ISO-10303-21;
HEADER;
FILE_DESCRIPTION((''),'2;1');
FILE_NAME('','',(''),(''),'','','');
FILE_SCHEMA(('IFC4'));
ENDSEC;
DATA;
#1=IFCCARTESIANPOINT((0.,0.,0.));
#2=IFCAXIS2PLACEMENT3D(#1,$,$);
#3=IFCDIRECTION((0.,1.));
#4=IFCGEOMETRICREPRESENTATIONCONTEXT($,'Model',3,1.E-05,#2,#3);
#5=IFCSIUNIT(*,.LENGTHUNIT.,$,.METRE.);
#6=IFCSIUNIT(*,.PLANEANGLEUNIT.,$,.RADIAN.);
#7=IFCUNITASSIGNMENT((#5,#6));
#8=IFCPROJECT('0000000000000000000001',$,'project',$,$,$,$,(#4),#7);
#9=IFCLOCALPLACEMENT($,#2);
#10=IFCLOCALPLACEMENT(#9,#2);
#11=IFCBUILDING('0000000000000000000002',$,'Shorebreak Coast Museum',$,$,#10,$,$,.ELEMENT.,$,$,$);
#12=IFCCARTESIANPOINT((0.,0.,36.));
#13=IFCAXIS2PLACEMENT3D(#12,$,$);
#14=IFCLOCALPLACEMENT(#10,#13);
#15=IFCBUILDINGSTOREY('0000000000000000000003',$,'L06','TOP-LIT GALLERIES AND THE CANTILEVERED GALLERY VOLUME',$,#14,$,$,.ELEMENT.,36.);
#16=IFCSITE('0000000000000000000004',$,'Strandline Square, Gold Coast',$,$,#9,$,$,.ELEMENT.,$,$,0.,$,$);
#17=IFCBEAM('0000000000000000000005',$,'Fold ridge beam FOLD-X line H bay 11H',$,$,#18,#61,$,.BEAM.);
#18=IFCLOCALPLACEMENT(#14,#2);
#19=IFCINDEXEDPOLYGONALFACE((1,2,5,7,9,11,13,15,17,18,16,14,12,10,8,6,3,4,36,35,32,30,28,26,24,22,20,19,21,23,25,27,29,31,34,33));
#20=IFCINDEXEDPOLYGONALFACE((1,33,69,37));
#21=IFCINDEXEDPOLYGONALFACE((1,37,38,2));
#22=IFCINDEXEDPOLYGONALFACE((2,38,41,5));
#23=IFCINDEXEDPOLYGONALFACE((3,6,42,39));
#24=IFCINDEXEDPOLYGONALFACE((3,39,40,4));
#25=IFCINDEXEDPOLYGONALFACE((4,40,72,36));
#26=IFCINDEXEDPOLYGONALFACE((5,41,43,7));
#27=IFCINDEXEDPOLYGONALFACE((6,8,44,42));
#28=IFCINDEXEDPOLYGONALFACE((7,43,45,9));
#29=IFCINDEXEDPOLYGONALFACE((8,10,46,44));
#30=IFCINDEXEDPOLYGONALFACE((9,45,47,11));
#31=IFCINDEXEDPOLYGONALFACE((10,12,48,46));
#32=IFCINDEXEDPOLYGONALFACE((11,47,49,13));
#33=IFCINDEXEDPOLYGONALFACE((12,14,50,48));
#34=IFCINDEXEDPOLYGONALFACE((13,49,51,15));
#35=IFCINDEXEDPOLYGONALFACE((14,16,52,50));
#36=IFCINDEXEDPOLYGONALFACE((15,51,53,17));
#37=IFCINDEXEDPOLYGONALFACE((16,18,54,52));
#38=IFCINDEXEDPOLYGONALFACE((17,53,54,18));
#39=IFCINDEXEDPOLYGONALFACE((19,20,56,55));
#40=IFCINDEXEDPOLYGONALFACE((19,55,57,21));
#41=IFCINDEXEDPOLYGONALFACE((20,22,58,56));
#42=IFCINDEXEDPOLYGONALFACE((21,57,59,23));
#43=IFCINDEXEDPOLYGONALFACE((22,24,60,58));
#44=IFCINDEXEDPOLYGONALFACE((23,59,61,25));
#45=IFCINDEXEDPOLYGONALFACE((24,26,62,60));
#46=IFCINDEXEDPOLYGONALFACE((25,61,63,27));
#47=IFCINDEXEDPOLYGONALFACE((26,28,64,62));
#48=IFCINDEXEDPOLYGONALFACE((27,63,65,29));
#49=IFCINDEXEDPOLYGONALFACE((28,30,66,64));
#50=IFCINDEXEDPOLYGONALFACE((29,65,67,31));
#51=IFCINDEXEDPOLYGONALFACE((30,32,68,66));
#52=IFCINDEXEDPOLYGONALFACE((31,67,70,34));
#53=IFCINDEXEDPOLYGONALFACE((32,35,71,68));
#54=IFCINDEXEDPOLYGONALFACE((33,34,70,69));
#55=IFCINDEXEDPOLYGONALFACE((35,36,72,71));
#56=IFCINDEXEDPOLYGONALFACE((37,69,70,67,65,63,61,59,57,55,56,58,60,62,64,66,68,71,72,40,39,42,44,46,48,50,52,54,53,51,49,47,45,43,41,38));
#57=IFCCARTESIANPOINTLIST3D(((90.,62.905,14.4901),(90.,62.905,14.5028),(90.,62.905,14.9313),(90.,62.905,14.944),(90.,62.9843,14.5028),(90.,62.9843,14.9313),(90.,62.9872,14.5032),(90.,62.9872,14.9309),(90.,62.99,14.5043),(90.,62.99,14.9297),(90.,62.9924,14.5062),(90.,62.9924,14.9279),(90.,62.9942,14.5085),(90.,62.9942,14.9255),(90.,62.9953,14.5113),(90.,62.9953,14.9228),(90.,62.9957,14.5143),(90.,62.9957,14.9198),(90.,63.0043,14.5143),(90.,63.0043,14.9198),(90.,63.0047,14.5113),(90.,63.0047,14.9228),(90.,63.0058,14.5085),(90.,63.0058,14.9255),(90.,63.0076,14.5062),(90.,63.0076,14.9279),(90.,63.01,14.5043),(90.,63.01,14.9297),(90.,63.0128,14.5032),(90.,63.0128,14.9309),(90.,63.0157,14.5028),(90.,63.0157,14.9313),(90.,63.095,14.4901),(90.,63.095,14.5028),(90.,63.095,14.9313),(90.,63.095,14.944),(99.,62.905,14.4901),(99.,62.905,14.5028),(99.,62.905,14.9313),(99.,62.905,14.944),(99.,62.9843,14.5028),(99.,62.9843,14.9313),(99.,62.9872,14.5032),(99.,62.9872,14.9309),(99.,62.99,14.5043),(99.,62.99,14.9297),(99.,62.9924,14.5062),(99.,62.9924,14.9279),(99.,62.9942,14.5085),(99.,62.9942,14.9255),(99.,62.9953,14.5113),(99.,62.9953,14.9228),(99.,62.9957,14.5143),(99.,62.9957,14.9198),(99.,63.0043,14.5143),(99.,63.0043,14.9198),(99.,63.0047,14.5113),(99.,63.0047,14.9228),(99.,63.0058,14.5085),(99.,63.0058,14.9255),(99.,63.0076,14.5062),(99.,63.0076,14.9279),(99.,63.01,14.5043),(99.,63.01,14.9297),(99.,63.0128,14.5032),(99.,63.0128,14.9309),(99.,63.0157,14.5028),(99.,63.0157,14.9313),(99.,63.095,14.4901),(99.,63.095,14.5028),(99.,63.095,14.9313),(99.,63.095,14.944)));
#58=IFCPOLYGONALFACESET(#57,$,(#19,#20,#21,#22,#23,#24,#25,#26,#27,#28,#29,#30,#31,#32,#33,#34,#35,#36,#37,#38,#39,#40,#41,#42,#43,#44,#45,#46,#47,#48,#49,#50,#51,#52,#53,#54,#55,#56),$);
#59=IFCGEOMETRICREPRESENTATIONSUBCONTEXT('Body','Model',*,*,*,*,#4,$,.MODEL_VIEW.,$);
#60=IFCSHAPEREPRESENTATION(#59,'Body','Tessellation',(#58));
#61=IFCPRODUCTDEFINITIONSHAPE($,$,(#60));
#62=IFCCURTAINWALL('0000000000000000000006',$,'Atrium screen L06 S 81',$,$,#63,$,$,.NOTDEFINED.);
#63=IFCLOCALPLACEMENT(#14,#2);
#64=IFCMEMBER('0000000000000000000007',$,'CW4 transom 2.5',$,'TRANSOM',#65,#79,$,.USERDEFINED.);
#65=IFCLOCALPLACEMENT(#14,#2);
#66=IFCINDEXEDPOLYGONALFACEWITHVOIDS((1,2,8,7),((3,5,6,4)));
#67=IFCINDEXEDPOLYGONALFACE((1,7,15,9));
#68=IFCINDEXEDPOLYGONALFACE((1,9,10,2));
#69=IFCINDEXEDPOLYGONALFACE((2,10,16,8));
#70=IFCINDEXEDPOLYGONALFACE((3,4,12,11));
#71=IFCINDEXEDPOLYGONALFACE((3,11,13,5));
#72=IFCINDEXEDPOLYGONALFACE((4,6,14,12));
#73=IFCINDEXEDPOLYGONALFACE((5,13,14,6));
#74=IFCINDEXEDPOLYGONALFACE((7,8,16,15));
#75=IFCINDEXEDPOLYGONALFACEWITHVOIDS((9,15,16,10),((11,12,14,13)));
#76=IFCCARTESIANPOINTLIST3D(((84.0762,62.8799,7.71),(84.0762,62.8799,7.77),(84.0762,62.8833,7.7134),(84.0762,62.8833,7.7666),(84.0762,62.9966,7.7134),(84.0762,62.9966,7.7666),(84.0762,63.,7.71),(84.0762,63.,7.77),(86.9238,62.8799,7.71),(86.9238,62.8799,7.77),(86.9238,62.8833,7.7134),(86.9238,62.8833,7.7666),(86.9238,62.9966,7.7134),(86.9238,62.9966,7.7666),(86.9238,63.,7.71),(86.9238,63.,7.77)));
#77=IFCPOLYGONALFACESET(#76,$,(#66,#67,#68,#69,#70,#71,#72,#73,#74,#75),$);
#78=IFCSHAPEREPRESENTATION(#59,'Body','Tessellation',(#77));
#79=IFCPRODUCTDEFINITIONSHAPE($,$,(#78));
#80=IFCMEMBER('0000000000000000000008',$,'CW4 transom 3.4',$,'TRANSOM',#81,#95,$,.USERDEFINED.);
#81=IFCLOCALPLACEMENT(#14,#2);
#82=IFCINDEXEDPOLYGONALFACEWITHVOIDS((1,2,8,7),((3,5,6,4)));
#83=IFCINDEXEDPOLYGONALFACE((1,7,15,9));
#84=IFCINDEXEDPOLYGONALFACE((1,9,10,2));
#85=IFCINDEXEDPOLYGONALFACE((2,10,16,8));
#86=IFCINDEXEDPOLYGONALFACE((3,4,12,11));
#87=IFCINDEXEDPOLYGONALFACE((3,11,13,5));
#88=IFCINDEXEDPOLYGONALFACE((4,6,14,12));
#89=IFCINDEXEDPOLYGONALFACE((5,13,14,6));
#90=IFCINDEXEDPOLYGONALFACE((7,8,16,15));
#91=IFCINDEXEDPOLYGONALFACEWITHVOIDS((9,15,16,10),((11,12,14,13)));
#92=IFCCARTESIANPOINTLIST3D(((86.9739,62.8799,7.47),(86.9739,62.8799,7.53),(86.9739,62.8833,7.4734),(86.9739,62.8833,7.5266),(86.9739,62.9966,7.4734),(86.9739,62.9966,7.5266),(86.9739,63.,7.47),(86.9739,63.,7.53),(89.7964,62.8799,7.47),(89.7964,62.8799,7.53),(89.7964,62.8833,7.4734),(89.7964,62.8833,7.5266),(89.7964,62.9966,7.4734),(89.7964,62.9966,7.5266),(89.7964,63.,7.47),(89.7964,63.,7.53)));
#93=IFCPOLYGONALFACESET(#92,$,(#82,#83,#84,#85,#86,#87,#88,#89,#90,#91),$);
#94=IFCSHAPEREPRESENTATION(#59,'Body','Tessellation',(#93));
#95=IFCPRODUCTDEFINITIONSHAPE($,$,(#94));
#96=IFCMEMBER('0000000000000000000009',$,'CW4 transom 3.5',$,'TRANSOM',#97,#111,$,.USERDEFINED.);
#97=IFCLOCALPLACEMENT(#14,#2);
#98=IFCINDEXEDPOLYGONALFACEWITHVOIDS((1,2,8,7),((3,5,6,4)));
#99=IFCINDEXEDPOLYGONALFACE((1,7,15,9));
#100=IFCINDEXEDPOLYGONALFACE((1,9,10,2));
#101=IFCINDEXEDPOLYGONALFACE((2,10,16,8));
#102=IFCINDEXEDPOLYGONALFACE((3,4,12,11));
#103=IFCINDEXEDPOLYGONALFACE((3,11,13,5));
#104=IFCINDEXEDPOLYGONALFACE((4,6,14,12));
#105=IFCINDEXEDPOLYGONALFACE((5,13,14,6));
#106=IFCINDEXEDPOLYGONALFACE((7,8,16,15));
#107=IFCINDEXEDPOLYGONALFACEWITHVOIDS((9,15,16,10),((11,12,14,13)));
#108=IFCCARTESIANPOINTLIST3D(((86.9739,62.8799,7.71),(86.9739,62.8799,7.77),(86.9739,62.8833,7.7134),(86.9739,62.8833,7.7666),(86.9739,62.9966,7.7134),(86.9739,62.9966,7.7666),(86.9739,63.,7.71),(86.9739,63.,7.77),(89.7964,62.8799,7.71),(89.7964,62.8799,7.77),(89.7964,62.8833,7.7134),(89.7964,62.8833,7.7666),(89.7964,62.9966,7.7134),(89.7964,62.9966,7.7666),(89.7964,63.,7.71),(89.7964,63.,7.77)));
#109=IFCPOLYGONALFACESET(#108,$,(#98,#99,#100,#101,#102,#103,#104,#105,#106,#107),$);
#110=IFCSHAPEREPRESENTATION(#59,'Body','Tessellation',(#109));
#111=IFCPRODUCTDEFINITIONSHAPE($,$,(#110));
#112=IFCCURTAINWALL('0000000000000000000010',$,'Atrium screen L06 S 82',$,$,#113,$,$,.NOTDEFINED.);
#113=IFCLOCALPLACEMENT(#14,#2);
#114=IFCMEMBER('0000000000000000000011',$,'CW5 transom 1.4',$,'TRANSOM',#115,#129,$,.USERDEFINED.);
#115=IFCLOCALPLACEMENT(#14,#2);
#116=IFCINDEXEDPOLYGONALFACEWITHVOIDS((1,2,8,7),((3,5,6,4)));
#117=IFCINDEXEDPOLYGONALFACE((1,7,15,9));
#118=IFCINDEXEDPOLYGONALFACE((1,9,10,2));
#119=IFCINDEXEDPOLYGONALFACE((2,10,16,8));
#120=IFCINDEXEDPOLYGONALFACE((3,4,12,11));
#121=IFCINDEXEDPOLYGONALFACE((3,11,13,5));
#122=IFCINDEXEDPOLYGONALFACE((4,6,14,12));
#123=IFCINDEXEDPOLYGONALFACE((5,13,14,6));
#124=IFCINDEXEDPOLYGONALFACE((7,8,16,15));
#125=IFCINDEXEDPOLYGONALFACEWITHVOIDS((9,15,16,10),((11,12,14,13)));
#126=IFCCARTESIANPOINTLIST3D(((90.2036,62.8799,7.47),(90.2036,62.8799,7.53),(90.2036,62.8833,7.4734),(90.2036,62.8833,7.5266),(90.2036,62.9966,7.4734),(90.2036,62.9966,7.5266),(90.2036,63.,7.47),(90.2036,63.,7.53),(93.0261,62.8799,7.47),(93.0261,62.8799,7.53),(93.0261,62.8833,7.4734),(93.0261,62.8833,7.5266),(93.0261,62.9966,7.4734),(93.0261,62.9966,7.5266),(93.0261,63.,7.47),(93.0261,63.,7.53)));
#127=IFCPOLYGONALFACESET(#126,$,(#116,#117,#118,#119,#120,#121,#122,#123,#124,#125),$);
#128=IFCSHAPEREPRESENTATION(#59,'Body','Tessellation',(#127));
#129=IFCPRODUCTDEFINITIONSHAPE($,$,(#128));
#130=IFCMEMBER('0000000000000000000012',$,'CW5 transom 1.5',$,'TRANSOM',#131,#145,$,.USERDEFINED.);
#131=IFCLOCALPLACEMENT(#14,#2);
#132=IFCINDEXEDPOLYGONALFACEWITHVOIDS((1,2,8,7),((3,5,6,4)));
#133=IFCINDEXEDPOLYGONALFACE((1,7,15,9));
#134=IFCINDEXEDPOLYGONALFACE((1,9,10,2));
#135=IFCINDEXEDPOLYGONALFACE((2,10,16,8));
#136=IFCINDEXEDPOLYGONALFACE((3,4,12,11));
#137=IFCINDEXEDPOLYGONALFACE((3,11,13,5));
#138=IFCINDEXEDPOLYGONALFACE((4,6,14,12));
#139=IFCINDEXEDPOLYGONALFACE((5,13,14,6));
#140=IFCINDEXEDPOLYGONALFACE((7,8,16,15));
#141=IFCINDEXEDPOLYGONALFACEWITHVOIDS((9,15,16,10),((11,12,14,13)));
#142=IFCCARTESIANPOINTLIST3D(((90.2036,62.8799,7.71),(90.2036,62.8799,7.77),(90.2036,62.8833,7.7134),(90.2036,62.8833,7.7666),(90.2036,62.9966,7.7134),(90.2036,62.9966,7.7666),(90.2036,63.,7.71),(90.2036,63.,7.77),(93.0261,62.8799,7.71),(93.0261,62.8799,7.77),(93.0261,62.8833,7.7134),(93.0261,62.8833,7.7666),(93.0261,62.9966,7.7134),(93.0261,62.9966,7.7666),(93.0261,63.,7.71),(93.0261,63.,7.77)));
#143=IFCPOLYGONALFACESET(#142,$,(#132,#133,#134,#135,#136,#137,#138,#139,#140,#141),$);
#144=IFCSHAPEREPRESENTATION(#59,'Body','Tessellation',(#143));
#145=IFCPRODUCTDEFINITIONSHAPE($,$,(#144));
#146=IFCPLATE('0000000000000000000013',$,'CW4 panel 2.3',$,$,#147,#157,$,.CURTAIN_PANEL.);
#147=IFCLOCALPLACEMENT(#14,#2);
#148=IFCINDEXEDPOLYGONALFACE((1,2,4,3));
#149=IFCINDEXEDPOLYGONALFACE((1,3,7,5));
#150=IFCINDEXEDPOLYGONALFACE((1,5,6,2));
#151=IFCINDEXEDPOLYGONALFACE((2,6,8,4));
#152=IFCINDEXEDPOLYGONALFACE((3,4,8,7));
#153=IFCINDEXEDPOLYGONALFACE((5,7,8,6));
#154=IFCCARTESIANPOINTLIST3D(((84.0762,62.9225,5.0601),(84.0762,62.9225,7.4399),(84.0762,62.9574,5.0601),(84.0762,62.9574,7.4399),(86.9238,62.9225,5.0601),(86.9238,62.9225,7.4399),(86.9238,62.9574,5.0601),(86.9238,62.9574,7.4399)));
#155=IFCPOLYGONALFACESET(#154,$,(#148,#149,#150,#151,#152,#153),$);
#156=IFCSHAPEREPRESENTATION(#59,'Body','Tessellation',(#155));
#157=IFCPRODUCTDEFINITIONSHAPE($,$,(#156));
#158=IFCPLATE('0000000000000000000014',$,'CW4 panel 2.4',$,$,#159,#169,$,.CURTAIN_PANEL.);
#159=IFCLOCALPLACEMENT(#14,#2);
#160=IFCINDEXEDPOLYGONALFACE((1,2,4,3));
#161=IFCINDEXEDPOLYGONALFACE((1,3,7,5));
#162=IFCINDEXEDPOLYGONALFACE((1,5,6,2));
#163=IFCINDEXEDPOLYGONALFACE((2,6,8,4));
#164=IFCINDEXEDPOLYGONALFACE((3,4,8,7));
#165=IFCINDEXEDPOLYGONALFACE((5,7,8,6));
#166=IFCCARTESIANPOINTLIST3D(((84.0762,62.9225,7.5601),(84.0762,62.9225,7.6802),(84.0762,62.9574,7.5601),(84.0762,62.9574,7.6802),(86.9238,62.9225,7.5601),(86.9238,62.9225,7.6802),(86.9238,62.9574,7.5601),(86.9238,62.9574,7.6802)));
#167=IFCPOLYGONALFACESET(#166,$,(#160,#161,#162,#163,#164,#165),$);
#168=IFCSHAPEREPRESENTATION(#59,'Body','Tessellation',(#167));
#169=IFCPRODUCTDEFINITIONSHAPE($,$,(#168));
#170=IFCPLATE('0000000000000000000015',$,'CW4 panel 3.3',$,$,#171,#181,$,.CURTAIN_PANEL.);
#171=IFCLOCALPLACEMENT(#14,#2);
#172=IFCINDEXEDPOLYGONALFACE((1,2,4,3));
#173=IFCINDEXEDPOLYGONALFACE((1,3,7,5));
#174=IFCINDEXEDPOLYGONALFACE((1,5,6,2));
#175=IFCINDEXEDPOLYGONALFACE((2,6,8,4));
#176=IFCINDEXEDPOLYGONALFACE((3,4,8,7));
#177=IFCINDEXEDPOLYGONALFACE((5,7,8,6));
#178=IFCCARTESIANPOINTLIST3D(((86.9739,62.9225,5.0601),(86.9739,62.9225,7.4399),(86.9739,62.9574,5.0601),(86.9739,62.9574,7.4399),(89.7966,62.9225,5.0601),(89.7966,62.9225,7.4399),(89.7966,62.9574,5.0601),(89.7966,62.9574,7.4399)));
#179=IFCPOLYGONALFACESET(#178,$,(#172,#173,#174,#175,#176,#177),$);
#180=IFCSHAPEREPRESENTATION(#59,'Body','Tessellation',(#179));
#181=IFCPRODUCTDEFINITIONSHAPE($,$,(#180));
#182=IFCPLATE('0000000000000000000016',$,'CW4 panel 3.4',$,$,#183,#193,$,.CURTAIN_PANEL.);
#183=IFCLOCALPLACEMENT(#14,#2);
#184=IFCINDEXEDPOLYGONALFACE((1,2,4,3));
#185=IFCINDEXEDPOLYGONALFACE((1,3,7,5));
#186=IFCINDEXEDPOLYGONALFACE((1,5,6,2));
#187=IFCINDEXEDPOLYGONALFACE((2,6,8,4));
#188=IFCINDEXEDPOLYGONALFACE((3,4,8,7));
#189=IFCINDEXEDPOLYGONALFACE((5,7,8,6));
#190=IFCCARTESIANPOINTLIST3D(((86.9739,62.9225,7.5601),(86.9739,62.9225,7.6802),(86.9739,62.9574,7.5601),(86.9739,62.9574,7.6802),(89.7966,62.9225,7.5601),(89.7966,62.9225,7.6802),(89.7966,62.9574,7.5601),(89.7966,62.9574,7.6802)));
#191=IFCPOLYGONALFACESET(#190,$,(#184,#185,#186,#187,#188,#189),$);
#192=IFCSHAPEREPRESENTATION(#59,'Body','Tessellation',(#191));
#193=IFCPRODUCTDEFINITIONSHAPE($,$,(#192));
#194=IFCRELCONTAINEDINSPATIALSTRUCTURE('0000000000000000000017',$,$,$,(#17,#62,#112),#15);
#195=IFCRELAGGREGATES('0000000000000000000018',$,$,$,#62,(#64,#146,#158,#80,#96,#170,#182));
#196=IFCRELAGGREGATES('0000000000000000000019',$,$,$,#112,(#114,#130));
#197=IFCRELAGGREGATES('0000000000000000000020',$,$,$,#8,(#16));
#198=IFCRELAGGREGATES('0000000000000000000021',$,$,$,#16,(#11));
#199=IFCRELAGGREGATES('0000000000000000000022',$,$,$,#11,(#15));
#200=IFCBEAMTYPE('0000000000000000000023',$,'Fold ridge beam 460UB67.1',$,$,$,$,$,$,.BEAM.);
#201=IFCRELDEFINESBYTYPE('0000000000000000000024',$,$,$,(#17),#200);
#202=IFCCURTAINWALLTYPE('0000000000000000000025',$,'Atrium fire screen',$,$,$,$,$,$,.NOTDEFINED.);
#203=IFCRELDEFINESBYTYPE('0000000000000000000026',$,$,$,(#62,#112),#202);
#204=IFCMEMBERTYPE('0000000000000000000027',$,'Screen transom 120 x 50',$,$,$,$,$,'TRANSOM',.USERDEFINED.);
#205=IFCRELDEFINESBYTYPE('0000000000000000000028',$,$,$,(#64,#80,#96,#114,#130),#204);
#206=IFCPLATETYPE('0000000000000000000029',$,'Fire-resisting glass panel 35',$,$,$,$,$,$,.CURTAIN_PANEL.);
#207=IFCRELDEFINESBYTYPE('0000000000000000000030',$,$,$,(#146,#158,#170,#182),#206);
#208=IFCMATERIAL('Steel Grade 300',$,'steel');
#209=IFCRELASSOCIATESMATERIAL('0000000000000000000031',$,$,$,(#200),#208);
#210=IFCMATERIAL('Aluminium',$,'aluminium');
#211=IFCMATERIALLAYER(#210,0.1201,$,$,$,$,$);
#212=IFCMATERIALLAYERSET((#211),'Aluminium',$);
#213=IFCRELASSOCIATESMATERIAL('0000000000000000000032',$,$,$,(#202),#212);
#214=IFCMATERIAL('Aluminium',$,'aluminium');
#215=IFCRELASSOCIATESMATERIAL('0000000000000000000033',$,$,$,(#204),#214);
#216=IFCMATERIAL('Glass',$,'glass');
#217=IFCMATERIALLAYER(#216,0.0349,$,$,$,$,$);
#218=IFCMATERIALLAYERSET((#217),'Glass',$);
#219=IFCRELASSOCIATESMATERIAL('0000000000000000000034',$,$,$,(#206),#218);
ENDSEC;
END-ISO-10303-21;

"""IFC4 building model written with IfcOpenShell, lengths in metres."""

from ifc_helpers import new_model, si_unit, direction, frame, origin, origin_2d, place, context, subcontext, project, spatial, rectangle, hollow_rectangle, i_section, extrude, material, layer, layer_set, material_profile, profile_set, type_object, element, aggregate, save


model = new_model("IFC4")

# Units and contexts
model_context = context("Model", 3, precision=1e-05, world=origin(), true_north=direction((0.0, 1.0)))
body_context = subcontext(model_context, "Body", "Model", "MODEL_VIEW")
ifc_project = project(units=[si_unit("LENGTHUNIT", "METRE"), si_unit("PLANEANGLEUNIT", "RADIAN")], contexts=[model_context])

# Site, building, storey
site_placement = place(None, origin())
site = spatial("IfcSite", under=ifc_project, at=site_placement, Name="Strandline Square, Gold Coast", CompositionType="ELEMENT", RefElevation=0.0)
building_placement = place(site_placement, origin())
building = spatial("IfcBuilding", under=site, at=building_placement, Name="Shorebreak Coast Museum", CompositionType="ELEMENT")
storey_placement = place(building_placement, frame((0.0, 0.0, 36.0)))
storey = spatial("IfcBuildingStorey", under=building, at=storey_placement, Name="L06", Description="TOP-LIT GALLERIES AND THE CANTILEVERED GALLERY VOLUME", CompositionType="ELEMENT", Elevation=36.0)

# Beam
ifc_material_1 = material(Name="Steel Grade 300", Category="steel")
ifc_material_profile_1 = material_profile(ifc_material_1, i_section(OverallWidth=0.1899, OverallDepth=0.4539, WebThickness=0.0085, FlangeThickness=0.0127, FilletRadius=0.0115, at=origin_2d()), Name="460UB67.1")
ifc_profile_set_1 = profile_set([ifc_material_profile_1], Name="Steel Grade 300")
beam_type_1 = type_object("IfcBeamType", Name="Fold ridge beam 460UB67.1", PredefinedType="BEAM", material=ifc_profile_set_1)
beam_1_placement = place(storey_placement, frame((90.0, 63.0, 14.717), z_axis=(1.0, 0.0, 0.0), x_axis=(0.0, 1.0, 0.0)))
element("IfcBeam", 1, at=beam_1_placement, inside=storey, type_object=beam_type_1, Name="Fold ridge beam FOLD-X line H bay 11H", PredefinedType="BEAM", context=body_context, shape_type="SweptSolid", body=[
    extrude(i_section(OverallWidth=0.1899, OverallDepth=0.4539, WebThickness=0.0085, FlangeThickness=0.0127, FilletRadius=0.0115, at=origin_2d()), origin(), (0.0, 0.0, 1.0), 9.0),
])

# Curtain walls, members
ifc_material_2 = material(Name="Aluminium", Category="aluminium")
ifc_layer_1 = layer(ifc_material_2, 0.1201)
ifc_layer_set_1 = layer_set([ifc_layer_1], Name="Aluminium")
curtain_wall_type = type_object("IfcCurtainWallType", Name="Atrium fire screen", PredefinedType="NOTDEFINED", material=ifc_layer_set_1)
curtain_wall_1_placement = place(storey_placement, origin())
curtain_wall_1 = element("IfcCurtainWall", 2, at=curtain_wall_1_placement, inside=storey, type_object=curtain_wall_type, Name="Atrium screen L06 S 81", PredefinedType="NOTDEFINED")
ifc_material_3 = material(Name="Aluminium", Category="aluminium")
ifc_material_profile_2 = material_profile(ifc_material_3, hollow_rectangle(XDim=0.1201, YDim=0.0601, WallThickness=0.0034, at=origin_2d()), Name="AL 60x120 RHS")
ifc_profile_set_2 = profile_set([ifc_material_profile_2], Name="Aluminium")
member_type_1 = type_object("IfcMemberType", Name="Screen transom 120 x 50", ElementType="TRANSOM", PredefinedType="USERDEFINED", material=ifc_profile_set_2)
member_1_placement = place(storey_placement, frame((84.0762, 62.9399, 7.74), z_axis=(1.0, 0.0, 0.0), x_axis=(0.0, 1.0, 0.0)))
member_1 = element("IfcMember", 3, at=member_1_placement, type_object=member_type_1, Name="CW4 transom 2.5", ObjectType="TRANSOM", PredefinedType="USERDEFINED", context=body_context, shape_type="SweptSolid", body=[
    extrude(hollow_rectangle(XDim=0.1201, YDim=0.0601, WallThickness=0.0034, at=origin_2d()), origin(), (0.0, 0.0, 1.0), 2.8477),
])
member_2_placement = place(storey_placement, frame((86.9739, 62.9399, 7.5), z_axis=(1.0, 0.0, 0.0), x_axis=(0.0, 1.0, 0.0)))
member_2 = element("IfcMember", 4, at=member_2_placement, type_object=member_type_1, Name="CW4 transom 3.4", ObjectType="TRANSOM", PredefinedType="USERDEFINED", context=body_context, shape_type="SweptSolid", body=[
    extrude(hollow_rectangle(XDim=0.1201, YDim=0.0601, WallThickness=0.0034, at=origin_2d()), origin(), (0.0, 0.0, 1.0), 2.8225),
])
member_3_placement = place(storey_placement, frame((86.9739, 62.9399, 7.74), z_axis=(1.0, 0.0, 0.0), x_axis=(0.0, 1.0, 0.0)))
member_3 = element("IfcMember", 5, at=member_3_placement, type_object=member_type_1, Name="CW4 transom 3.5", ObjectType="TRANSOM", PredefinedType="USERDEFINED", context=body_context, shape_type="SweptSolid", body=[
    extrude(hollow_rectangle(XDim=0.1201, YDim=0.0601, WallThickness=0.0034, at=origin_2d()), origin(), (0.0, 0.0, 1.0), 2.8225),
])
curtain_wall_2_placement = place(storey_placement, origin())
curtain_wall_2 = element("IfcCurtainWall", 6, at=curtain_wall_2_placement, inside=storey, type_object=curtain_wall_type, Name="Atrium screen L06 S 82", PredefinedType="NOTDEFINED")
member_4_placement = place(storey_placement, frame((90.2036, 62.9399, 7.5), z_axis=(1.0, 0.0, 0.0), x_axis=(0.0, 1.0, 0.0)))
member_4 = element("IfcMember", 7, at=member_4_placement, type_object=member_type_1, Name="CW5 transom 1.4", ObjectType="TRANSOM", PredefinedType="USERDEFINED", context=body_context, shape_type="SweptSolid", body=[
    extrude(hollow_rectangle(XDim=0.1201, YDim=0.0601, WallThickness=0.0034, at=origin_2d()), origin(), (0.0, 0.0, 1.0), 2.8225),
])
member_5_placement = place(storey_placement, frame((90.2036, 62.9399, 7.74), z_axis=(1.0, 0.0, 0.0), x_axis=(0.0, 1.0, 0.0)))
member_5 = element("IfcMember", 8, at=member_5_placement, type_object=member_type_1, Name="CW5 transom 1.5", ObjectType="TRANSOM", PredefinedType="USERDEFINED", context=body_context, shape_type="SweptSolid", body=[
    extrude(hollow_rectangle(XDim=0.1201, YDim=0.0601, WallThickness=0.0034, at=origin_2d()), origin(), (0.0, 0.0, 1.0), 2.8225),
])

# Plates
ifc_material_4 = material(Name="Glass", Category="glass")
ifc_layer_2 = layer(ifc_material_4, 0.0349)
ifc_layer_set_2 = layer_set([ifc_layer_2], Name="Glass")
plate_type = type_object("IfcPlateType", Name="Fire-resisting glass panel 35", PredefinedType="CURTAIN_PANEL", material=ifc_layer_set_2)
plate_1_placement = place(storey_placement, frame((85.5, 62.9399, 5.0601), z_axis=(0.0, 0.0, 1.0), x_axis=(1.0, 0.0, 0.0)))
plate_1 = element("IfcPlate", 9, at=plate_1_placement, type_object=plate_type, Name="CW4 panel 2.3", PredefinedType="CURTAIN_PANEL", context=body_context, shape_type="SweptSolid", body=[
    extrude(rectangle(XDim=2.8477, YDim=0.0349, at=origin_2d()), origin(), (0.0, 0.0, 1.0), 2.3799),
])
plate_2_placement = place(storey_placement, frame((85.5, 62.9399, 7.5601), z_axis=(0.0, 0.0, 1.0), x_axis=(1.0, 0.0, 0.0)))
plate_2 = element("IfcPlate", 10, at=plate_2_placement, type_object=plate_type, Name="CW4 panel 2.4", PredefinedType="CURTAIN_PANEL", context=body_context, shape_type="SweptSolid", body=[
    extrude(rectangle(XDim=2.8477, YDim=0.0349, at=origin_2d()), origin(), (0.0, 0.0, 1.0), 0.1201),
])
plate_3_placement = place(storey_placement, frame((88.3853, 62.9399, 5.0601), z_axis=(0.0, 0.0, 1.0), x_axis=(1.0, 0.0, 0.0)))
plate_3 = element("IfcPlate", 11, at=plate_3_placement, type_object=plate_type, Name="CW4 panel 3.3", PredefinedType="CURTAIN_PANEL", context=body_context, shape_type="SweptSolid", body=[
    extrude(rectangle(XDim=2.8228, YDim=0.0349, at=origin_2d()), origin(), (0.0, 0.0, 1.0), 2.3799),
])
plate_4_placement = place(storey_placement, frame((88.3853, 62.9399, 7.5601), z_axis=(0.0, 0.0, 1.0), x_axis=(1.0, 0.0, 0.0)))
plate_4 = element("IfcPlate", 12, at=plate_4_placement, type_object=plate_type, Name="CW4 panel 3.4", PredefinedType="CURTAIN_PANEL", context=body_context, shape_type="SweptSolid", body=[
    extrude(rectangle(XDim=2.8228, YDim=0.0349, at=origin_2d()), origin(), (0.0, 0.0, 1.0), 0.1201),
])
aggregate(curtain_wall_1, [member_1, plate_1, plate_2, member_2, member_3, plate_3, plate_4])
aggregate(curtain_wall_2, [member_4, member_5])

save(model, "model.ifc")
